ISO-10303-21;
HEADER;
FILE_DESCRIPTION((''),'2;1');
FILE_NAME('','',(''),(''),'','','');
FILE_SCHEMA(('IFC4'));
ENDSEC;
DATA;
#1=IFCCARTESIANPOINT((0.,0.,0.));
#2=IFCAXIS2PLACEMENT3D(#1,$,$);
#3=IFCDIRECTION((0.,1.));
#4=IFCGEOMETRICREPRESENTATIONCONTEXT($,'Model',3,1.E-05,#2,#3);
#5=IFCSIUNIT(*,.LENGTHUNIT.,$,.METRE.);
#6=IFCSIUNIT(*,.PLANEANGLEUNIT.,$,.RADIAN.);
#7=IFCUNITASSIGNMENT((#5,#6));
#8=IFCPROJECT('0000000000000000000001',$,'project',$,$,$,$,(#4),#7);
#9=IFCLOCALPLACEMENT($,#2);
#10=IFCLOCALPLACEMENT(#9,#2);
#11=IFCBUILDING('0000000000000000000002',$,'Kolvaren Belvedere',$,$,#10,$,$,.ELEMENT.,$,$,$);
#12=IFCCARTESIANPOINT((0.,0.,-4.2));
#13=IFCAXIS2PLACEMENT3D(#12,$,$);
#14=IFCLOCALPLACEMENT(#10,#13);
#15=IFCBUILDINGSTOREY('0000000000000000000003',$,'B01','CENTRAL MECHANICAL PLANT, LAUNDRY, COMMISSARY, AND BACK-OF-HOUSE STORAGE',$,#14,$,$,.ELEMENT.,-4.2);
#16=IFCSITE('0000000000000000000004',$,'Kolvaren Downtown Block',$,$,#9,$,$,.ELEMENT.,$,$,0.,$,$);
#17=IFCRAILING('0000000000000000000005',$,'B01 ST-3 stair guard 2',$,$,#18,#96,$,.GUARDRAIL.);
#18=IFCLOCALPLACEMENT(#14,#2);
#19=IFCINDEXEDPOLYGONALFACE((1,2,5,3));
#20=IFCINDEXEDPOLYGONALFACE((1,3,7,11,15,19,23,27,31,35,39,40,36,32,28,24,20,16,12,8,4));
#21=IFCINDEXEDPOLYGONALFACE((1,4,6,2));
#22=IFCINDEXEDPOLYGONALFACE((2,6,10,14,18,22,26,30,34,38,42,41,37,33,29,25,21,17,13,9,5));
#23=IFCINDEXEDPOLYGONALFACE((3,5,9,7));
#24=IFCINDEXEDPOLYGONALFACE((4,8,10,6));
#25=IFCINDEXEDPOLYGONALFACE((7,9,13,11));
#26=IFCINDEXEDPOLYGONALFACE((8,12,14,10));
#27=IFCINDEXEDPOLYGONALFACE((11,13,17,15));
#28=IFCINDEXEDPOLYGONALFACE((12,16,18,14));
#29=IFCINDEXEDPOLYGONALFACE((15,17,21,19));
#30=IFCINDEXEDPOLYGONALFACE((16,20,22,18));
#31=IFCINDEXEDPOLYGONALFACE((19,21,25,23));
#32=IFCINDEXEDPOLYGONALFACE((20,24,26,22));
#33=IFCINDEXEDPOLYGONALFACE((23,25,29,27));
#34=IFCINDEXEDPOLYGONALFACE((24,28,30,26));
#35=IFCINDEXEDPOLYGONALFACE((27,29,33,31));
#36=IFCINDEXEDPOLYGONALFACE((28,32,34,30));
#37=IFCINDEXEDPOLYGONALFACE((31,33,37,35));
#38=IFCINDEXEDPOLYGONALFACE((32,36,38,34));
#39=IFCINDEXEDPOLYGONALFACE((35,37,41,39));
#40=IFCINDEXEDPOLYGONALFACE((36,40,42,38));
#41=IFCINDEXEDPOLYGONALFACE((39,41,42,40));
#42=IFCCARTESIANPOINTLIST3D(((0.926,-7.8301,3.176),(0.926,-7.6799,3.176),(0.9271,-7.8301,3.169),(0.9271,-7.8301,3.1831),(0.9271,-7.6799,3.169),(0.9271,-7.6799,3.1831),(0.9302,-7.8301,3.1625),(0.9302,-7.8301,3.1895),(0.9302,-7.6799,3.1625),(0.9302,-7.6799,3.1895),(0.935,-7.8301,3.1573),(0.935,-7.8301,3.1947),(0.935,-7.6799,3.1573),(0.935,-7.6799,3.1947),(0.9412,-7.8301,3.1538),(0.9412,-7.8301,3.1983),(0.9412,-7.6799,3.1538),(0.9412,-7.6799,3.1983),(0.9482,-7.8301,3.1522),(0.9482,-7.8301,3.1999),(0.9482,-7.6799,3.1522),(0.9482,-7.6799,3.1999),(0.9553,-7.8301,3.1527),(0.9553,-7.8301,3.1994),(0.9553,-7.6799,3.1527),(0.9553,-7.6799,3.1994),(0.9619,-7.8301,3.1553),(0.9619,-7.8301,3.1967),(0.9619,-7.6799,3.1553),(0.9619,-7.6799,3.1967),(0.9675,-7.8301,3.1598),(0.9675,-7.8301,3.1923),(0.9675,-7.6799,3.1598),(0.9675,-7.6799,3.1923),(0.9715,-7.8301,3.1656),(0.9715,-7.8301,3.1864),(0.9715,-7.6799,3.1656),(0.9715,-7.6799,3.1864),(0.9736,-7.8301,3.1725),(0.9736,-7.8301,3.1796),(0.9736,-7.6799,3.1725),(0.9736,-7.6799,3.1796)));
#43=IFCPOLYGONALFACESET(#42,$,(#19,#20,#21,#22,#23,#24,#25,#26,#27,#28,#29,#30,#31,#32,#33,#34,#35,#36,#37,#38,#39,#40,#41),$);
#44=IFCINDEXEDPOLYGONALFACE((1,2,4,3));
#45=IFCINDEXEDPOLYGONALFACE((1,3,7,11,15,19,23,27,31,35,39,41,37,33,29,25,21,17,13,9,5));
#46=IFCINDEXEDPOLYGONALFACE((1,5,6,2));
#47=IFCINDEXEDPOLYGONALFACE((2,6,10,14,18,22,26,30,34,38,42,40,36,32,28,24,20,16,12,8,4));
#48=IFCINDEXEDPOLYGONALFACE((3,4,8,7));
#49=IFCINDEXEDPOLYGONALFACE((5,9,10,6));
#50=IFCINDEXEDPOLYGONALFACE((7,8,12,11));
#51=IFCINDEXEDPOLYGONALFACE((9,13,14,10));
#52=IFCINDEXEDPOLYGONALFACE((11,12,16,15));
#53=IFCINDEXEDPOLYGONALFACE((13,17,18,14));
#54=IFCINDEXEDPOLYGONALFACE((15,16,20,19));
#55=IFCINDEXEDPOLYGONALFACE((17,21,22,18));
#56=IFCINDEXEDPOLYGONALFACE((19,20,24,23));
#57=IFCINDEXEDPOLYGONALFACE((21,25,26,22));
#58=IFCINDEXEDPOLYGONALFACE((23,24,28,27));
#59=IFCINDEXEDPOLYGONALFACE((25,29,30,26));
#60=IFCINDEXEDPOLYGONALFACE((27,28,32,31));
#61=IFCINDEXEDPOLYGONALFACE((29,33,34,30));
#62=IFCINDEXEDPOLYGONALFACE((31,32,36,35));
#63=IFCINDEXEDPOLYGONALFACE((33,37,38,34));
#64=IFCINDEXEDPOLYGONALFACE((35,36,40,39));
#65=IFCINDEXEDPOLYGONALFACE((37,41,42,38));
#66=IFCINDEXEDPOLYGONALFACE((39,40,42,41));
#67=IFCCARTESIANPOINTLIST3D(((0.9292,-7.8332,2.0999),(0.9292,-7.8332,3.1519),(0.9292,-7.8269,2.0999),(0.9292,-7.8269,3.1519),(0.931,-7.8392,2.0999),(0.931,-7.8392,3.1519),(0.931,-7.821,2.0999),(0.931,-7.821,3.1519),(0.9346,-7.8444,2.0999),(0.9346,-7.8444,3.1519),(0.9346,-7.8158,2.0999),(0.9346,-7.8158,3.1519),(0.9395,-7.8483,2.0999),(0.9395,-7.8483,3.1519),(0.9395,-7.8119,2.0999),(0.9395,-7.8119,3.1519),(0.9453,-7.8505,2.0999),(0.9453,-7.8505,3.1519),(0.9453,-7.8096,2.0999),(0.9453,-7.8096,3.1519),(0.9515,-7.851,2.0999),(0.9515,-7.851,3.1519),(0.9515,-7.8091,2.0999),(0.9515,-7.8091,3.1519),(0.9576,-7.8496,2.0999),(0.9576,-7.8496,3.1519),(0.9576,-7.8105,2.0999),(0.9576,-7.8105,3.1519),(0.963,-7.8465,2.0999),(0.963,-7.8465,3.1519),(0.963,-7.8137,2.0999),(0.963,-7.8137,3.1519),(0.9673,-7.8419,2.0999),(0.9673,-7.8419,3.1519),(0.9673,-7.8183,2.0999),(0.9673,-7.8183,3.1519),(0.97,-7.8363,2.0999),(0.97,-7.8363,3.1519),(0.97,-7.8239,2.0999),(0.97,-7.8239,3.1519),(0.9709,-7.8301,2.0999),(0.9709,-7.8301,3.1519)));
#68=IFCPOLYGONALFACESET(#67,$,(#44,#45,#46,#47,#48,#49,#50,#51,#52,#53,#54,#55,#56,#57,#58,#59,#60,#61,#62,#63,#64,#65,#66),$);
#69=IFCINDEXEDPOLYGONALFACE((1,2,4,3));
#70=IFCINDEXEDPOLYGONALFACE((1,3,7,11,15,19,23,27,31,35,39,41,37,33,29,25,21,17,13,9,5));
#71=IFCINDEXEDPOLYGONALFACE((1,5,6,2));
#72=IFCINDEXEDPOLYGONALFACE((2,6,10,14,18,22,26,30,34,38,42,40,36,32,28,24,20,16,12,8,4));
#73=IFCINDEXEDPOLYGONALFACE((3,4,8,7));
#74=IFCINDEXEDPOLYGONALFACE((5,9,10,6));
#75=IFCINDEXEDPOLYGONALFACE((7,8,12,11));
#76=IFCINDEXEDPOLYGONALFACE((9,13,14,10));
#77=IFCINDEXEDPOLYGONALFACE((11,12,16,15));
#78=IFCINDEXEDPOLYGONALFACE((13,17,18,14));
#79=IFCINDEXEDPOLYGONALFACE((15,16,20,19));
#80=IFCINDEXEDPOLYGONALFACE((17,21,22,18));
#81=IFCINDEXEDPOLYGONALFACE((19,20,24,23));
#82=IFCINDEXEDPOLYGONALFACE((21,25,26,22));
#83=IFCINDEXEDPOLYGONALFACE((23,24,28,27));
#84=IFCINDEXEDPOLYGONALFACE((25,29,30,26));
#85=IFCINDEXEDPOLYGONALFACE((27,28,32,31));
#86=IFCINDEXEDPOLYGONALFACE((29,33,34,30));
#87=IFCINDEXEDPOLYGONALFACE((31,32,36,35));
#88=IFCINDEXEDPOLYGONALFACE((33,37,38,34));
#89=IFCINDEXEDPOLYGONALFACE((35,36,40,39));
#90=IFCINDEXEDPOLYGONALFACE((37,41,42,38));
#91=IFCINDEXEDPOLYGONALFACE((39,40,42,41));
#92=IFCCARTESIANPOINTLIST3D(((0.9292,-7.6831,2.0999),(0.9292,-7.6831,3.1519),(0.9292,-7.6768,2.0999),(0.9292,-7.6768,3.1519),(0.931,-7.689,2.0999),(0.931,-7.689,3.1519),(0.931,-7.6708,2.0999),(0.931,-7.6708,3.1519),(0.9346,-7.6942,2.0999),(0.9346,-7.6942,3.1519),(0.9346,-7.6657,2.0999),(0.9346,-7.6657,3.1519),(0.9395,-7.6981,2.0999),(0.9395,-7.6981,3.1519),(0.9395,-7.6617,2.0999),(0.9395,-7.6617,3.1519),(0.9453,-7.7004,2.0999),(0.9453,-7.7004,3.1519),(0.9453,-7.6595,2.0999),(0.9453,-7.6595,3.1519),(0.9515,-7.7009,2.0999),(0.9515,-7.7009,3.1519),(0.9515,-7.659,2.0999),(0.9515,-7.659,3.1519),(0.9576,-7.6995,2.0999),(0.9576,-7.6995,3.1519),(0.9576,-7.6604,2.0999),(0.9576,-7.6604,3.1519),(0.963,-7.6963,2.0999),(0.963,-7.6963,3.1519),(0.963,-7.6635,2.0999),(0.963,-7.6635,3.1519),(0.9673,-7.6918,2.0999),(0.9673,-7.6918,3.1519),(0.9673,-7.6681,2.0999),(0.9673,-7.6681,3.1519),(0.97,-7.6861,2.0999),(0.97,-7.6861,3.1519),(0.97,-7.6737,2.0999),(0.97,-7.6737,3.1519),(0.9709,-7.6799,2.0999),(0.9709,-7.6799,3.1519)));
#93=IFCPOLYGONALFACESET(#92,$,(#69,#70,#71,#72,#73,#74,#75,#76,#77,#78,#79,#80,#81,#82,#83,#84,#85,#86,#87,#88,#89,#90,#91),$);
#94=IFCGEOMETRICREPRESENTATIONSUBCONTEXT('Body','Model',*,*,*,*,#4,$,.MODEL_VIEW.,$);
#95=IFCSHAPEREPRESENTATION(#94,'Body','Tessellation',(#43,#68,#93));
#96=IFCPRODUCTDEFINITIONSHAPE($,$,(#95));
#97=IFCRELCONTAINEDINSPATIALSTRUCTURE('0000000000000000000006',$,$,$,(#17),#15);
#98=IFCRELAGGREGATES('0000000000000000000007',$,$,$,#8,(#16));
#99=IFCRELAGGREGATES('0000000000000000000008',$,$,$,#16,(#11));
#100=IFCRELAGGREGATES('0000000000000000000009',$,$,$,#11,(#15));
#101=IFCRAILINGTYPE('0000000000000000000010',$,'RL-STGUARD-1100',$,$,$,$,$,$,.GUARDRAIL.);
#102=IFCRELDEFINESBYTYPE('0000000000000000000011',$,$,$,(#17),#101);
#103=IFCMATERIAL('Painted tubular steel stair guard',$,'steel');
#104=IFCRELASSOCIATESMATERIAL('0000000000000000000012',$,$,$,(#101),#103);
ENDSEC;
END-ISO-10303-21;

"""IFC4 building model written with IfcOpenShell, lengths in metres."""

from ifc_helpers import new_model, si_unit, direction, frame, origin, origin_2d, place, context, subcontext, project, spatial, circle, extrude, material, type_object, element, save


model = new_model("IFC4")

# Units and contexts
model_context = context("Model", 3, precision=1e-05, world=origin(), true_north=direction((0.0, 1.0)))
body_context = subcontext(model_context, "Body", "Model", "MODEL_VIEW")
ifc_project = project(units=[si_unit("LENGTHUNIT", "METRE"), si_unit("PLANEANGLEUNIT", "RADIAN")], contexts=[model_context])

# Site, building, storey
site_placement = place(None, origin())
site = spatial("IfcSite", under=ifc_project, at=site_placement, Name="Kolvaren Downtown Block", CompositionType="ELEMENT", RefElevation=0.0)
building_placement = place(site_placement, origin())
building = spatial("IfcBuilding", under=site, at=building_placement, Name="Kolvaren Belvedere", CompositionType="ELEMENT")
storey_placement = place(building_placement, frame((0.0, 0.0, -4.2)))
storey = spatial("IfcBuildingStorey", under=building, at=storey_placement, Name="B01", Description="CENTRAL MECHANICAL PLANT, LAUNDRY, COMMISSARY, AND BACK-OF-HOUSE STORAGE", CompositionType="ELEMENT", Elevation=-4.2)

# Railing
ifc_material_1 = material(Name="Painted tubular steel stair guard", Category="steel")
railing_type_1 = type_object("IfcRailingType", Name="RL-STGUARD-1100", PredefinedType="GUARDRAIL", material=ifc_material_1)
railing_1_placement = place(storey_placement, frame((0.95, -7.8301, 2.0999)))
element("IfcRailing", 1, at=railing_1_placement, inside=storey, type_object=railing_type_1, Name="B01 ST-3 stair guard 2", PredefinedType="GUARDRAIL", context=body_context, shape_type="SweptSolid", body=[
    extrude(circle(Radius=0.0239, at=origin_2d()), frame((0.0, 0.0, 1.0762), z_axis=(0.0, 1.0, 0.0), x_axis=(-1.0, 0.0, 0.0)), (0.0, 0.0, 1.0), 0.1501),
    extrude(circle(Radius=0.021, at=origin_2d()), origin(), (0.0, 0.0, 1.0), 1.052),
    extrude(circle(Radius=0.021, at=origin_2d()), frame((0.0, 0.1501, 0.0)), (0.0, 0.0, 1.0), 1.052),
])

save(model, "model.ifc")
